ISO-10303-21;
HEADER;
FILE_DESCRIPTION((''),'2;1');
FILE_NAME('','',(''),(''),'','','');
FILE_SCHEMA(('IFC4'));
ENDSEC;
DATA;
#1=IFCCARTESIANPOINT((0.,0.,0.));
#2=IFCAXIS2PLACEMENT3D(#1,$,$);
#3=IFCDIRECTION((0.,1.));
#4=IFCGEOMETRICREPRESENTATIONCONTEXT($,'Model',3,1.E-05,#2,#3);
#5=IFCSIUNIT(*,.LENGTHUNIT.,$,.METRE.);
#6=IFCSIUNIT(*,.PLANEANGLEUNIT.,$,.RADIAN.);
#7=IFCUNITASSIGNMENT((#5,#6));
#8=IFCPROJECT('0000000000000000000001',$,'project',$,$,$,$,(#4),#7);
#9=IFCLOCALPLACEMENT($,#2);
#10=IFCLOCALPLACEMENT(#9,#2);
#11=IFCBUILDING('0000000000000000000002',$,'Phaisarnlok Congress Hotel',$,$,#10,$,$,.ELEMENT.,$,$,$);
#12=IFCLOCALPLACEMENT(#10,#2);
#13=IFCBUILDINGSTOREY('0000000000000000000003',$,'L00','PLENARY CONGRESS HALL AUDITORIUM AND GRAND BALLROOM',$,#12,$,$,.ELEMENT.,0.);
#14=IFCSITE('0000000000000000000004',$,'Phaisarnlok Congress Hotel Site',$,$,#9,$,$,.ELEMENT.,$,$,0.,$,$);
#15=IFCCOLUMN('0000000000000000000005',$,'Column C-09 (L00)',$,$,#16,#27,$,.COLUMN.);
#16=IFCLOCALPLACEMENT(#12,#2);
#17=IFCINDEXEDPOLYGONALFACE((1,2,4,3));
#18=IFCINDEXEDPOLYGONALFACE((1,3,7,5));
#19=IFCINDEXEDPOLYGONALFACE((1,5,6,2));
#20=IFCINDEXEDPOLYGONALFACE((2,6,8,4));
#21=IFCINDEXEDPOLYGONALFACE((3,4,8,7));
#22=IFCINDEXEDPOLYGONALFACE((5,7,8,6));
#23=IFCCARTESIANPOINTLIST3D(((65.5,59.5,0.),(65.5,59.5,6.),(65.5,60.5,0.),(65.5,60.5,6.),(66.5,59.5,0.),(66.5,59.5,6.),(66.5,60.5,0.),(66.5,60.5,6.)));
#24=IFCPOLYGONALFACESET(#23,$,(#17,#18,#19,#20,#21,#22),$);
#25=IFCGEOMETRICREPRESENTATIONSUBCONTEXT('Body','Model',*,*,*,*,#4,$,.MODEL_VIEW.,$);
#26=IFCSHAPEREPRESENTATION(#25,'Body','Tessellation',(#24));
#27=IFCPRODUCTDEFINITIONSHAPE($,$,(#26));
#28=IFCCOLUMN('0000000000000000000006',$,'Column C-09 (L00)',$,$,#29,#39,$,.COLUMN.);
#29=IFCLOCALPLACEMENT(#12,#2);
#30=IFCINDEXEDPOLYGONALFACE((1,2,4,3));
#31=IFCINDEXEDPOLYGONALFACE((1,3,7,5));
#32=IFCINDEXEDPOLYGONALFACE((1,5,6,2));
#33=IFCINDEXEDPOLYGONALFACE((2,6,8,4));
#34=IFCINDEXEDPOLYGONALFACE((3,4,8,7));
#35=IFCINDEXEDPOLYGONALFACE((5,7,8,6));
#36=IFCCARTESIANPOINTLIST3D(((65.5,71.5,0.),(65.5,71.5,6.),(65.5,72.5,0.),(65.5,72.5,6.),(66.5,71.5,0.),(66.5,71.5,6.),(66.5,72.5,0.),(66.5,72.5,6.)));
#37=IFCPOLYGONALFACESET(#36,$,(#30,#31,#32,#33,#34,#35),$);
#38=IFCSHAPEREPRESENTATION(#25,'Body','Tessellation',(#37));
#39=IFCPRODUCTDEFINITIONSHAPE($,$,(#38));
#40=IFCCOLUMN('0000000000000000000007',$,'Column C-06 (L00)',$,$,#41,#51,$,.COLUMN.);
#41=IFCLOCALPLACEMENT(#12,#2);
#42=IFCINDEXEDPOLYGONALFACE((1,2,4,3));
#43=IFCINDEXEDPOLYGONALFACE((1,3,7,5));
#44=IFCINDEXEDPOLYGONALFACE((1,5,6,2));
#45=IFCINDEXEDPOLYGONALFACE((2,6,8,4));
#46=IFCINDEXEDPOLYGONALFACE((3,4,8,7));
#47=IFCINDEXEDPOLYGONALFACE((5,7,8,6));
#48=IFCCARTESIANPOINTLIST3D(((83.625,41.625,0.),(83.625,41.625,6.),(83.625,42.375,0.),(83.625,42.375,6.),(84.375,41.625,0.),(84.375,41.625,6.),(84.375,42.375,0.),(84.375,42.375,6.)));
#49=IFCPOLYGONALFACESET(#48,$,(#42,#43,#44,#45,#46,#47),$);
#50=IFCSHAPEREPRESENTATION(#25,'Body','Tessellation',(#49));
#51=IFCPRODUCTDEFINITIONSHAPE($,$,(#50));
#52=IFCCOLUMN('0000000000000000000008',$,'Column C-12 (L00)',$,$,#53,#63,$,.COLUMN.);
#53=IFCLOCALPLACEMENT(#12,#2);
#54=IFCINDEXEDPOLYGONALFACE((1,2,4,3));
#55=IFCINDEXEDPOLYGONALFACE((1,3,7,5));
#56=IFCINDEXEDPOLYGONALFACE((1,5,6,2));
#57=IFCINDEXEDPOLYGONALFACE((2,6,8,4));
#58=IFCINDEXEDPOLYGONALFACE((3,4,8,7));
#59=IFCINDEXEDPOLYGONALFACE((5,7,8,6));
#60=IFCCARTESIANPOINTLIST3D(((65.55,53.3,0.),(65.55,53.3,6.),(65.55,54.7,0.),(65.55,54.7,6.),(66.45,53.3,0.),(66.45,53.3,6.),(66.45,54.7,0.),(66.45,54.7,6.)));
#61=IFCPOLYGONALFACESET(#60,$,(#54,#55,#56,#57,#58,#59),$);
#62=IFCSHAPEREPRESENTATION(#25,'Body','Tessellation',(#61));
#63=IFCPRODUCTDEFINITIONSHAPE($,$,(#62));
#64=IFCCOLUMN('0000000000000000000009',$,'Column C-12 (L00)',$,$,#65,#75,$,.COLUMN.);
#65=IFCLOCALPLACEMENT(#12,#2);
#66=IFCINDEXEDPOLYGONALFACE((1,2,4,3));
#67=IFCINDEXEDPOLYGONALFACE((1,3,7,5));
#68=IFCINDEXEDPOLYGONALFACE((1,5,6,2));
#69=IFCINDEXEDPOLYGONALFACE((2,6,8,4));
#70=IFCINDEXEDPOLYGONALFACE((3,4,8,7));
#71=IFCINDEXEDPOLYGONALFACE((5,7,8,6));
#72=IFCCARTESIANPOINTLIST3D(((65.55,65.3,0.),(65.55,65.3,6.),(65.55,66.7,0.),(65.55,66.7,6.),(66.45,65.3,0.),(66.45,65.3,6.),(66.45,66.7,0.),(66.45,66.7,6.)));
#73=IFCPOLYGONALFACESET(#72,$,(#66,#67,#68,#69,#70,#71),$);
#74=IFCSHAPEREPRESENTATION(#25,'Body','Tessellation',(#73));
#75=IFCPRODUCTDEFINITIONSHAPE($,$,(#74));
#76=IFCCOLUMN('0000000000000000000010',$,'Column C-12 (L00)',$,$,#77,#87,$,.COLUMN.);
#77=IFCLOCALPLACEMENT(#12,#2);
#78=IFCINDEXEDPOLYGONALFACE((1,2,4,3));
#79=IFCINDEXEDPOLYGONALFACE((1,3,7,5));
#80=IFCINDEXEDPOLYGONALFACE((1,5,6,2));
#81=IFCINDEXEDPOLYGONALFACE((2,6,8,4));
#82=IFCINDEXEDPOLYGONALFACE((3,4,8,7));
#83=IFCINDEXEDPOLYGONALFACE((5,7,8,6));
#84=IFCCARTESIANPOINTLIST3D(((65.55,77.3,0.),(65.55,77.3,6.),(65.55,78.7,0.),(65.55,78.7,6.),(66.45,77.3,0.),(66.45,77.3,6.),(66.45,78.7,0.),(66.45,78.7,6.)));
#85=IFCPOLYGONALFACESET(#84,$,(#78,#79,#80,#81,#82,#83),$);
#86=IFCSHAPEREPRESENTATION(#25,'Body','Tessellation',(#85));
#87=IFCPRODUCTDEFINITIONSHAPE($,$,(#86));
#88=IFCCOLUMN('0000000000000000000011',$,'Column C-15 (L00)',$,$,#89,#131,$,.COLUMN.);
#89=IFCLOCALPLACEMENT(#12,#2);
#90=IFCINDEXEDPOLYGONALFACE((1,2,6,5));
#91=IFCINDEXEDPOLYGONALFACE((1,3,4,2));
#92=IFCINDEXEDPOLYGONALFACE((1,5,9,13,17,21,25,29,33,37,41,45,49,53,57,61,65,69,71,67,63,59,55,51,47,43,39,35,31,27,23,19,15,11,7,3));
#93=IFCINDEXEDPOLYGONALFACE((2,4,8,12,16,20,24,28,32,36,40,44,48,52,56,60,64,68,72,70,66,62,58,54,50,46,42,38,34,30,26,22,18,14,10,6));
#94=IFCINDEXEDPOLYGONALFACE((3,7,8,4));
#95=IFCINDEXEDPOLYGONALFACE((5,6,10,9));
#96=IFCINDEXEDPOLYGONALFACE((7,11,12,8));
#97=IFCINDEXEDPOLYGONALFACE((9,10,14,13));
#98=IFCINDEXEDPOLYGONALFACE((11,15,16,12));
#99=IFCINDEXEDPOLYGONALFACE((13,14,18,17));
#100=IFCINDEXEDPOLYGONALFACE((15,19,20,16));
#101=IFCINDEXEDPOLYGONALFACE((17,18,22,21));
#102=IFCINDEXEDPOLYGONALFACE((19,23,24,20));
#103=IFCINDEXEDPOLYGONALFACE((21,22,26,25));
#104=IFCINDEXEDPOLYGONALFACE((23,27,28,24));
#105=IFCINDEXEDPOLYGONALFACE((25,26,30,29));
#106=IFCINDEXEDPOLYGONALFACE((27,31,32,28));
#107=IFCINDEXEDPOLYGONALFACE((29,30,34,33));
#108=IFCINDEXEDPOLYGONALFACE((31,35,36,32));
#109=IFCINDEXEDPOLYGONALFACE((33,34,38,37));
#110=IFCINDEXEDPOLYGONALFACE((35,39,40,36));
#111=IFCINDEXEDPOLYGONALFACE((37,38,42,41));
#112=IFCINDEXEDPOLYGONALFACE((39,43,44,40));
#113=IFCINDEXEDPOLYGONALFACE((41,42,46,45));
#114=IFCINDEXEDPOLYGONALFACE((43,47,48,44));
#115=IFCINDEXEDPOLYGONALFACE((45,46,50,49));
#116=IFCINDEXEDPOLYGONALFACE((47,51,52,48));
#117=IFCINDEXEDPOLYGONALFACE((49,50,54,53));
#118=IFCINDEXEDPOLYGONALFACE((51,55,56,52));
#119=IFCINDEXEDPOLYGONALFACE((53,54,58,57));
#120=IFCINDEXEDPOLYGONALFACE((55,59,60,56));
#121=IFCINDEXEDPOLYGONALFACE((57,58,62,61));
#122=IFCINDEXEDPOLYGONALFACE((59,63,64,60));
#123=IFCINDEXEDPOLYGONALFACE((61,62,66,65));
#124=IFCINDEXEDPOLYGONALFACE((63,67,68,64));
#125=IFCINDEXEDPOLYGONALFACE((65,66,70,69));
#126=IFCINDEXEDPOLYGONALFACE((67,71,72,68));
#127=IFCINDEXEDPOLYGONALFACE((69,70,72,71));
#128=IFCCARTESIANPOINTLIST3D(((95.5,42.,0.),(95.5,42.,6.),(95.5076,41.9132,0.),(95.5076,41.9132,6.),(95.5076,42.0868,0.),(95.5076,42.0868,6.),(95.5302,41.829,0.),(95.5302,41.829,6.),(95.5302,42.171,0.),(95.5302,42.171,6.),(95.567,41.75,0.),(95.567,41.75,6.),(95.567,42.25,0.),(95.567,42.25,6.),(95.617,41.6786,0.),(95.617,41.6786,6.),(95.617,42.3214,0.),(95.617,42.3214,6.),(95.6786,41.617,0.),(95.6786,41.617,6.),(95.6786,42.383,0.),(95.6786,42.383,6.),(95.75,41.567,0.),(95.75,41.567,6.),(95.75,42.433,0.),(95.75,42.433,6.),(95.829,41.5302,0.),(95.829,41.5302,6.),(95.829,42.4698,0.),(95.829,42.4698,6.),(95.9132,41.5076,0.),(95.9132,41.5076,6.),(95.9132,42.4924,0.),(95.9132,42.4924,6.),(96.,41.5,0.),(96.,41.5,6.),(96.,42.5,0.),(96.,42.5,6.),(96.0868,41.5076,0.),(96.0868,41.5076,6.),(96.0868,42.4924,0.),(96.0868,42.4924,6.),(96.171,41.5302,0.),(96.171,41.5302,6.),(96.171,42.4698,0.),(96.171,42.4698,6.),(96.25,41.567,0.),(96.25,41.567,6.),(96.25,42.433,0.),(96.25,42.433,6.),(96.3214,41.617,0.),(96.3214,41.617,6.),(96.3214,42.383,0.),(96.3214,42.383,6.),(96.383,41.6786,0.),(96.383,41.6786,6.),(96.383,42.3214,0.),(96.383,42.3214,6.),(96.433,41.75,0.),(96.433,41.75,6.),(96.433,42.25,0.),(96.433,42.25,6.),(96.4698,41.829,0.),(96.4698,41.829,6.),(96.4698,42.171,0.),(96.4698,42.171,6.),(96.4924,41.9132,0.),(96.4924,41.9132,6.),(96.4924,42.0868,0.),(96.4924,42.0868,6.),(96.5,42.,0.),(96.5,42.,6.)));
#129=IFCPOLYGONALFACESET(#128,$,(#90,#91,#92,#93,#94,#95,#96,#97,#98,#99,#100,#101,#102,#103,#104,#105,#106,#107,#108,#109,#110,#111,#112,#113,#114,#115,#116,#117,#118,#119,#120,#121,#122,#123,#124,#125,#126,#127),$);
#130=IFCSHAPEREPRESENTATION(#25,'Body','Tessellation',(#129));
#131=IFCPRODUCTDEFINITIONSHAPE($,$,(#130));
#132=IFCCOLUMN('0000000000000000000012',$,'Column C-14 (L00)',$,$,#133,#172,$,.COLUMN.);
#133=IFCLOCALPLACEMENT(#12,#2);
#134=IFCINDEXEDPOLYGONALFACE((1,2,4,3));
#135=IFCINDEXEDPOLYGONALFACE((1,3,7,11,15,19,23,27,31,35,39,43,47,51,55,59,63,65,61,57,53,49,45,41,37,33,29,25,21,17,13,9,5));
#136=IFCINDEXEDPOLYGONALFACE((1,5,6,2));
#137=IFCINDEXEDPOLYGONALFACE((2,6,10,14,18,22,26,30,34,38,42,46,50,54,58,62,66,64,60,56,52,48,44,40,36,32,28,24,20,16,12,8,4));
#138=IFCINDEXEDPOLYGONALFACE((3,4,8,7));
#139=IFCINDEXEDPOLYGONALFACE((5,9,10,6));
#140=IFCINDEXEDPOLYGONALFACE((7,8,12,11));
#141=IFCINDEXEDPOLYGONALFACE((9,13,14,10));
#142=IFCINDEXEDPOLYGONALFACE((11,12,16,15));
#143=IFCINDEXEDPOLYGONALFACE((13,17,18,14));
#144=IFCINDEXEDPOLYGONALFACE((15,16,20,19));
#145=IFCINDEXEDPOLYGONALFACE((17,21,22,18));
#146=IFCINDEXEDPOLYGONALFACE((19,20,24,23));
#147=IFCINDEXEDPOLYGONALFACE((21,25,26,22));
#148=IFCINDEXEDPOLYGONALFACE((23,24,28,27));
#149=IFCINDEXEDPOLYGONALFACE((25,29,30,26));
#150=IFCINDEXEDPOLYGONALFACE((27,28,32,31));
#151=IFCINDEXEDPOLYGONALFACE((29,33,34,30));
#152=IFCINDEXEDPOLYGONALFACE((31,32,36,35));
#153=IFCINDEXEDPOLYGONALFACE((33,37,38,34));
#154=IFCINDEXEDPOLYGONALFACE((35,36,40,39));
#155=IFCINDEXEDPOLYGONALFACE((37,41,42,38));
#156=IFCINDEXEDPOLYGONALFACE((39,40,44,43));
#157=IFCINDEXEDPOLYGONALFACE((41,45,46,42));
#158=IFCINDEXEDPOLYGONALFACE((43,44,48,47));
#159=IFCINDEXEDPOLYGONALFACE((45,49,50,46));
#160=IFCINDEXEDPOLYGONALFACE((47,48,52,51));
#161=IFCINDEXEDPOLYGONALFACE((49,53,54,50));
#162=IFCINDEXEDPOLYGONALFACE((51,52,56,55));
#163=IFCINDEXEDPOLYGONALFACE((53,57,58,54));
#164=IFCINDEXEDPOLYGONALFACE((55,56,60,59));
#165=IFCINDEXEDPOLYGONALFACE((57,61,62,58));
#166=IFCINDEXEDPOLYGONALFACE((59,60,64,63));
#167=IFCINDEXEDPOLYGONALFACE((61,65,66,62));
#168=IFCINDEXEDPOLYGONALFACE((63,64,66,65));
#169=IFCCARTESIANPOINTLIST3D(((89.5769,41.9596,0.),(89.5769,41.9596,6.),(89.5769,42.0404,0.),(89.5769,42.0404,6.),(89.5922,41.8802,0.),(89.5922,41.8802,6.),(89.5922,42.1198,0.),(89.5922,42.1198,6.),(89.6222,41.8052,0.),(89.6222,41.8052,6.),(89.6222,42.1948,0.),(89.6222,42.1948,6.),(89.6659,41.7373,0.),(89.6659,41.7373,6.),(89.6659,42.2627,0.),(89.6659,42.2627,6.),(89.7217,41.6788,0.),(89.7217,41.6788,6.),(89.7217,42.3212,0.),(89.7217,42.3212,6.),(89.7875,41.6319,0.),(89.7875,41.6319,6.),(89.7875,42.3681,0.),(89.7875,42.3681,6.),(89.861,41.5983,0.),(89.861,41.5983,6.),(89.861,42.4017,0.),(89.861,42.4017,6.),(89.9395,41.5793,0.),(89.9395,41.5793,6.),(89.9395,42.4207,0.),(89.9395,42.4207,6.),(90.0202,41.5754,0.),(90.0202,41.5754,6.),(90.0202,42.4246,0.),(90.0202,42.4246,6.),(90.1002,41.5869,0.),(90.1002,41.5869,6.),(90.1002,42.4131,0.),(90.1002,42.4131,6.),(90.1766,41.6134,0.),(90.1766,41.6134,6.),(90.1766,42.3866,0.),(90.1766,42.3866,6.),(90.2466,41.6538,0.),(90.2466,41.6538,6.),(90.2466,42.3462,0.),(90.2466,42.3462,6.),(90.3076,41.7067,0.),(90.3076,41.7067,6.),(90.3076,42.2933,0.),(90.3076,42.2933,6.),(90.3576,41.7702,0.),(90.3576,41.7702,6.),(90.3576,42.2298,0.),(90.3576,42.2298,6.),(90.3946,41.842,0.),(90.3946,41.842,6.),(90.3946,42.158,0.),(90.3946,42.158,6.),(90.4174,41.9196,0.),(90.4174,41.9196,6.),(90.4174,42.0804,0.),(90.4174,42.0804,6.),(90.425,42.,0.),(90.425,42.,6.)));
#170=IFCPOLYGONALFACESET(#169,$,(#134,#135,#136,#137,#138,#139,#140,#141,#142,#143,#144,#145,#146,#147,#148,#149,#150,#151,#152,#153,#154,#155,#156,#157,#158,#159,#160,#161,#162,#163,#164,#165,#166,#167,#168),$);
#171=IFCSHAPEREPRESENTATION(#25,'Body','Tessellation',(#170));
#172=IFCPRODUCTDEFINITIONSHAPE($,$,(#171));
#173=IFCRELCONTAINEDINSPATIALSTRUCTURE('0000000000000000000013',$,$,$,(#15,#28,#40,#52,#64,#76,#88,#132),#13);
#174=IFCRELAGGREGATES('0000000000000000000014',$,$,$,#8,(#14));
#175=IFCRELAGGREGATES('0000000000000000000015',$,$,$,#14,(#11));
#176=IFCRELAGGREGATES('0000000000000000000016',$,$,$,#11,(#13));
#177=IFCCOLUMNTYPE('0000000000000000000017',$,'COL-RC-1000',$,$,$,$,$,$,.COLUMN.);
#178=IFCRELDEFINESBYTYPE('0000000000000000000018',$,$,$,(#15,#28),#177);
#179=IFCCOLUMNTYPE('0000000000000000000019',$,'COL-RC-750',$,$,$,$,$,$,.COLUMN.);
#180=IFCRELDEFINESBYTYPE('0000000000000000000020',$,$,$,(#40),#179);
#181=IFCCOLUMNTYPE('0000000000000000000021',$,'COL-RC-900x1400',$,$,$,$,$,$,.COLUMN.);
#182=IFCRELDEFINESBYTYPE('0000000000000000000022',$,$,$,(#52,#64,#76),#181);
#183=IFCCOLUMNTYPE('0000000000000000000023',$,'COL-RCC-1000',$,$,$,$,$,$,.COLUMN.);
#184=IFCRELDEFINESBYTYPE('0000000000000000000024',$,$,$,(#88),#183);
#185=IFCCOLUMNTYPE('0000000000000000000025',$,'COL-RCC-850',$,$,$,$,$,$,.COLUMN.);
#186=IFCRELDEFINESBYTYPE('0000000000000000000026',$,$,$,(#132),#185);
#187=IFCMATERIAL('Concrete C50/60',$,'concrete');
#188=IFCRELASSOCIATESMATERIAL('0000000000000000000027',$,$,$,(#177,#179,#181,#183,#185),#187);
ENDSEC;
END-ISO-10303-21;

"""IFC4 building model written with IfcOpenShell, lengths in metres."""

from ifc_helpers import new_model, si_unit, direction, frame, origin, origin_2d, place, context, subcontext, project, spatial, rectangle, circle, extrude, material, material_profile, profile_set, type_object, element, save


model = new_model("IFC4")

# Units and contexts
model_context = context("Model", 3, precision=1e-05, world=origin(), true_north=direction((0.0, 1.0)))
body_context = subcontext(model_context, "Body", "Model", "MODEL_VIEW")
ifc_project = project(units=[si_unit("LENGTHUNIT", "METRE"), si_unit("PLANEANGLEUNIT", "RADIAN")], contexts=[model_context])

# Site, building, storey
site_placement = place(None, origin())
site = spatial("IfcSite", under=ifc_project, at=site_placement, Name="Phaisarnlok Congress Hotel Site", CompositionType="ELEMENT", RefElevation=0.0)
building_placement = place(site_placement, origin())
building = spatial("IfcBuilding", under=site, at=building_placement, Name="Phaisarnlok Congress Hotel", CompositionType="ELEMENT")
storey_placement = place(building_placement, origin())
storey = spatial("IfcBuildingStorey", under=building, at=storey_placement, Name="L00", Description="PLENARY CONGRESS HALL AUDITORIUM AND GRAND BALLROOM", CompositionType="ELEMENT", Elevation=0.0)

# Columns
ifc_material_1 = material(Name="Concrete C50/60", Category="concrete")
ifc_material_profile_1 = material_profile(ifc_material_1, rectangle(XDim=1.0, YDim=1.0, at=origin_2d()), Name="RC 1000x1000")
ifc_profile_set_1 = profile_set([ifc_material_profile_1], Name="Concrete C50/60")
column_type_1 = type_object("IfcColumnType", Name="COL-RC-1000", PredefinedType="COLUMN", material=ifc_profile_set_1)
for number, where, z_axis, x_axis, name in (
    (1, (66.0, 60.0, 0.0), (0.0, 0.0, 1.0), (1.0, 0.0, 0.0), "Column C-09 (L00)"),
    (2, (66.0, 72.0, 0.0), (0.0, 0.0, 1.0), (1.0, 0.0, 0.0), "Column C-09 (L00)"),
):
    element("IfcColumn", number, at=place(storey_placement, frame(where, z_axis=z_axis, x_axis=x_axis)), inside=storey, type_object=column_type_1, Name=name, PredefinedType="COLUMN", context=body_context, shape_type="SweptSolid", body=[
        extrude(rectangle(XDim=1.0, YDim=1.0, at=origin_2d()), origin(), (0.0, 0.0, 1.0), 6.0),
    ])
ifc_material_profile_2 = material_profile(ifc_material_1, rectangle(XDim=0.75, YDim=0.75, at=origin_2d()), Name="RC 750x750")
ifc_profile_set_2 = profile_set([ifc_material_profile_2], Name="Concrete C50/60")
column_type_2 = type_object("IfcColumnType", Name="COL-RC-750", PredefinedType="COLUMN", material=ifc_profile_set_2)
column_1_placement = place(storey_placement, frame((84.0, 42.0, 0.0), z_axis=(0.0, 0.0, 1.0), x_axis=(1.0, 0.0, 0.0)))
element("IfcColumn", 3, at=column_1_placement, inside=storey, type_object=column_type_2, Name="Column C-06 (L00)", PredefinedType="COLUMN", context=body_context, shape_type="SweptSolid", body=[
    extrude(rectangle(XDim=0.75, YDim=0.75, at=origin_2d()), origin(), (0.0, 0.0, 1.0), 6.0),
])
ifc_material_profile_3 = material_profile(ifc_material_1, rectangle(XDim=0.8999, YDim=1.3999, at=origin_2d()), Name="RC 900x1400")
ifc_profile_set_3 = profile_set([ifc_material_profile_3], Name="Concrete C50/60")
column_type_3 = type_object("IfcColumnType", Name="COL-RC-900x1400", PredefinedType="COLUMN", material=ifc_profile_set_3)
for number, where, z_axis, x_axis, name in (
    (4, (66.0, 54.0, 0.0), (0.0, 0.0, 1.0), (1.0, 0.0, 0.0), "Column C-12 (L00)"),
    (5, (66.0, 66.0, 0.0), (0.0, 0.0, 1.0), (1.0, 0.0, 0.0), "Column C-12 (L00)"),
    (6, (66.0, 78.0, 0.0), (0.0, 0.0, 1.0), (1.0, 0.0, 0.0), "Column C-12 (L00)"),
):
    element("IfcColumn", number, at=place(storey_placement, frame(where, z_axis=z_axis, x_axis=x_axis)), inside=storey, type_object=column_type_3, Name=name, PredefinedType="COLUMN", context=body_context, shape_type="SweptSolid", body=[
        extrude(rectangle(XDim=0.8999, YDim=1.3999, at=origin_2d()), origin(), (0.0, 0.0, 1.0), 6.0),
    ])
ifc_material_profile_4 = material_profile(ifc_material_1, circle(Radius=0.5, at=origin_2d()), Name="RCC D1000")
ifc_profile_set_4 = profile_set([ifc_material_profile_4], Name="Concrete C50/60")
column_type_4 = type_object("IfcColumnType", Name="COL-RCC-1000", PredefinedType="COLUMN", material=ifc_profile_set_4)
column_2_placement = place(storey_placement, frame((96.0, 42.0, 0.0), z_axis=(0.0, 0.0, 1.0), x_axis=(1.0, 0.0, 0.0)))
element("IfcColumn", 7, at=column_2_placement, inside=storey, type_object=column_type_4, Name="Column C-15 (L00)", PredefinedType="COLUMN", context=body_context, shape_type="SweptSolid", body=[
    extrude(circle(Radius=0.5, at=origin_2d()), origin(), (0.0, 0.0, 1.0), 6.0),
])
ifc_material_profile_5 = material_profile(ifc_material_1, circle(Radius=0.425, at=origin_2d()), Name="RCC D850")
ifc_profile_set_5 = profile_set([ifc_material_profile_5], Name="Concrete C50/60")
column_type_5 = type_object("IfcColumnType", Name="COL-RCC-850", PredefinedType="COLUMN", material=ifc_profile_set_5)
column_3_placement = place(storey_placement, frame((90.0, 42.0, 0.0), z_axis=(0.0, 0.0, 1.0), x_axis=(1.0, 0.0, 0.0)))
element("IfcColumn", 8, at=column_3_placement, inside=storey, type_object=column_type_5, Name="Column C-14 (L00)", PredefinedType="COLUMN", context=body_context, shape_type="SweptSolid", body=[
    extrude(circle(Radius=0.425, at=origin_2d()), origin(), (0.0, 0.0, 1.0), 6.0),
])

save(model, "model.ifc")
